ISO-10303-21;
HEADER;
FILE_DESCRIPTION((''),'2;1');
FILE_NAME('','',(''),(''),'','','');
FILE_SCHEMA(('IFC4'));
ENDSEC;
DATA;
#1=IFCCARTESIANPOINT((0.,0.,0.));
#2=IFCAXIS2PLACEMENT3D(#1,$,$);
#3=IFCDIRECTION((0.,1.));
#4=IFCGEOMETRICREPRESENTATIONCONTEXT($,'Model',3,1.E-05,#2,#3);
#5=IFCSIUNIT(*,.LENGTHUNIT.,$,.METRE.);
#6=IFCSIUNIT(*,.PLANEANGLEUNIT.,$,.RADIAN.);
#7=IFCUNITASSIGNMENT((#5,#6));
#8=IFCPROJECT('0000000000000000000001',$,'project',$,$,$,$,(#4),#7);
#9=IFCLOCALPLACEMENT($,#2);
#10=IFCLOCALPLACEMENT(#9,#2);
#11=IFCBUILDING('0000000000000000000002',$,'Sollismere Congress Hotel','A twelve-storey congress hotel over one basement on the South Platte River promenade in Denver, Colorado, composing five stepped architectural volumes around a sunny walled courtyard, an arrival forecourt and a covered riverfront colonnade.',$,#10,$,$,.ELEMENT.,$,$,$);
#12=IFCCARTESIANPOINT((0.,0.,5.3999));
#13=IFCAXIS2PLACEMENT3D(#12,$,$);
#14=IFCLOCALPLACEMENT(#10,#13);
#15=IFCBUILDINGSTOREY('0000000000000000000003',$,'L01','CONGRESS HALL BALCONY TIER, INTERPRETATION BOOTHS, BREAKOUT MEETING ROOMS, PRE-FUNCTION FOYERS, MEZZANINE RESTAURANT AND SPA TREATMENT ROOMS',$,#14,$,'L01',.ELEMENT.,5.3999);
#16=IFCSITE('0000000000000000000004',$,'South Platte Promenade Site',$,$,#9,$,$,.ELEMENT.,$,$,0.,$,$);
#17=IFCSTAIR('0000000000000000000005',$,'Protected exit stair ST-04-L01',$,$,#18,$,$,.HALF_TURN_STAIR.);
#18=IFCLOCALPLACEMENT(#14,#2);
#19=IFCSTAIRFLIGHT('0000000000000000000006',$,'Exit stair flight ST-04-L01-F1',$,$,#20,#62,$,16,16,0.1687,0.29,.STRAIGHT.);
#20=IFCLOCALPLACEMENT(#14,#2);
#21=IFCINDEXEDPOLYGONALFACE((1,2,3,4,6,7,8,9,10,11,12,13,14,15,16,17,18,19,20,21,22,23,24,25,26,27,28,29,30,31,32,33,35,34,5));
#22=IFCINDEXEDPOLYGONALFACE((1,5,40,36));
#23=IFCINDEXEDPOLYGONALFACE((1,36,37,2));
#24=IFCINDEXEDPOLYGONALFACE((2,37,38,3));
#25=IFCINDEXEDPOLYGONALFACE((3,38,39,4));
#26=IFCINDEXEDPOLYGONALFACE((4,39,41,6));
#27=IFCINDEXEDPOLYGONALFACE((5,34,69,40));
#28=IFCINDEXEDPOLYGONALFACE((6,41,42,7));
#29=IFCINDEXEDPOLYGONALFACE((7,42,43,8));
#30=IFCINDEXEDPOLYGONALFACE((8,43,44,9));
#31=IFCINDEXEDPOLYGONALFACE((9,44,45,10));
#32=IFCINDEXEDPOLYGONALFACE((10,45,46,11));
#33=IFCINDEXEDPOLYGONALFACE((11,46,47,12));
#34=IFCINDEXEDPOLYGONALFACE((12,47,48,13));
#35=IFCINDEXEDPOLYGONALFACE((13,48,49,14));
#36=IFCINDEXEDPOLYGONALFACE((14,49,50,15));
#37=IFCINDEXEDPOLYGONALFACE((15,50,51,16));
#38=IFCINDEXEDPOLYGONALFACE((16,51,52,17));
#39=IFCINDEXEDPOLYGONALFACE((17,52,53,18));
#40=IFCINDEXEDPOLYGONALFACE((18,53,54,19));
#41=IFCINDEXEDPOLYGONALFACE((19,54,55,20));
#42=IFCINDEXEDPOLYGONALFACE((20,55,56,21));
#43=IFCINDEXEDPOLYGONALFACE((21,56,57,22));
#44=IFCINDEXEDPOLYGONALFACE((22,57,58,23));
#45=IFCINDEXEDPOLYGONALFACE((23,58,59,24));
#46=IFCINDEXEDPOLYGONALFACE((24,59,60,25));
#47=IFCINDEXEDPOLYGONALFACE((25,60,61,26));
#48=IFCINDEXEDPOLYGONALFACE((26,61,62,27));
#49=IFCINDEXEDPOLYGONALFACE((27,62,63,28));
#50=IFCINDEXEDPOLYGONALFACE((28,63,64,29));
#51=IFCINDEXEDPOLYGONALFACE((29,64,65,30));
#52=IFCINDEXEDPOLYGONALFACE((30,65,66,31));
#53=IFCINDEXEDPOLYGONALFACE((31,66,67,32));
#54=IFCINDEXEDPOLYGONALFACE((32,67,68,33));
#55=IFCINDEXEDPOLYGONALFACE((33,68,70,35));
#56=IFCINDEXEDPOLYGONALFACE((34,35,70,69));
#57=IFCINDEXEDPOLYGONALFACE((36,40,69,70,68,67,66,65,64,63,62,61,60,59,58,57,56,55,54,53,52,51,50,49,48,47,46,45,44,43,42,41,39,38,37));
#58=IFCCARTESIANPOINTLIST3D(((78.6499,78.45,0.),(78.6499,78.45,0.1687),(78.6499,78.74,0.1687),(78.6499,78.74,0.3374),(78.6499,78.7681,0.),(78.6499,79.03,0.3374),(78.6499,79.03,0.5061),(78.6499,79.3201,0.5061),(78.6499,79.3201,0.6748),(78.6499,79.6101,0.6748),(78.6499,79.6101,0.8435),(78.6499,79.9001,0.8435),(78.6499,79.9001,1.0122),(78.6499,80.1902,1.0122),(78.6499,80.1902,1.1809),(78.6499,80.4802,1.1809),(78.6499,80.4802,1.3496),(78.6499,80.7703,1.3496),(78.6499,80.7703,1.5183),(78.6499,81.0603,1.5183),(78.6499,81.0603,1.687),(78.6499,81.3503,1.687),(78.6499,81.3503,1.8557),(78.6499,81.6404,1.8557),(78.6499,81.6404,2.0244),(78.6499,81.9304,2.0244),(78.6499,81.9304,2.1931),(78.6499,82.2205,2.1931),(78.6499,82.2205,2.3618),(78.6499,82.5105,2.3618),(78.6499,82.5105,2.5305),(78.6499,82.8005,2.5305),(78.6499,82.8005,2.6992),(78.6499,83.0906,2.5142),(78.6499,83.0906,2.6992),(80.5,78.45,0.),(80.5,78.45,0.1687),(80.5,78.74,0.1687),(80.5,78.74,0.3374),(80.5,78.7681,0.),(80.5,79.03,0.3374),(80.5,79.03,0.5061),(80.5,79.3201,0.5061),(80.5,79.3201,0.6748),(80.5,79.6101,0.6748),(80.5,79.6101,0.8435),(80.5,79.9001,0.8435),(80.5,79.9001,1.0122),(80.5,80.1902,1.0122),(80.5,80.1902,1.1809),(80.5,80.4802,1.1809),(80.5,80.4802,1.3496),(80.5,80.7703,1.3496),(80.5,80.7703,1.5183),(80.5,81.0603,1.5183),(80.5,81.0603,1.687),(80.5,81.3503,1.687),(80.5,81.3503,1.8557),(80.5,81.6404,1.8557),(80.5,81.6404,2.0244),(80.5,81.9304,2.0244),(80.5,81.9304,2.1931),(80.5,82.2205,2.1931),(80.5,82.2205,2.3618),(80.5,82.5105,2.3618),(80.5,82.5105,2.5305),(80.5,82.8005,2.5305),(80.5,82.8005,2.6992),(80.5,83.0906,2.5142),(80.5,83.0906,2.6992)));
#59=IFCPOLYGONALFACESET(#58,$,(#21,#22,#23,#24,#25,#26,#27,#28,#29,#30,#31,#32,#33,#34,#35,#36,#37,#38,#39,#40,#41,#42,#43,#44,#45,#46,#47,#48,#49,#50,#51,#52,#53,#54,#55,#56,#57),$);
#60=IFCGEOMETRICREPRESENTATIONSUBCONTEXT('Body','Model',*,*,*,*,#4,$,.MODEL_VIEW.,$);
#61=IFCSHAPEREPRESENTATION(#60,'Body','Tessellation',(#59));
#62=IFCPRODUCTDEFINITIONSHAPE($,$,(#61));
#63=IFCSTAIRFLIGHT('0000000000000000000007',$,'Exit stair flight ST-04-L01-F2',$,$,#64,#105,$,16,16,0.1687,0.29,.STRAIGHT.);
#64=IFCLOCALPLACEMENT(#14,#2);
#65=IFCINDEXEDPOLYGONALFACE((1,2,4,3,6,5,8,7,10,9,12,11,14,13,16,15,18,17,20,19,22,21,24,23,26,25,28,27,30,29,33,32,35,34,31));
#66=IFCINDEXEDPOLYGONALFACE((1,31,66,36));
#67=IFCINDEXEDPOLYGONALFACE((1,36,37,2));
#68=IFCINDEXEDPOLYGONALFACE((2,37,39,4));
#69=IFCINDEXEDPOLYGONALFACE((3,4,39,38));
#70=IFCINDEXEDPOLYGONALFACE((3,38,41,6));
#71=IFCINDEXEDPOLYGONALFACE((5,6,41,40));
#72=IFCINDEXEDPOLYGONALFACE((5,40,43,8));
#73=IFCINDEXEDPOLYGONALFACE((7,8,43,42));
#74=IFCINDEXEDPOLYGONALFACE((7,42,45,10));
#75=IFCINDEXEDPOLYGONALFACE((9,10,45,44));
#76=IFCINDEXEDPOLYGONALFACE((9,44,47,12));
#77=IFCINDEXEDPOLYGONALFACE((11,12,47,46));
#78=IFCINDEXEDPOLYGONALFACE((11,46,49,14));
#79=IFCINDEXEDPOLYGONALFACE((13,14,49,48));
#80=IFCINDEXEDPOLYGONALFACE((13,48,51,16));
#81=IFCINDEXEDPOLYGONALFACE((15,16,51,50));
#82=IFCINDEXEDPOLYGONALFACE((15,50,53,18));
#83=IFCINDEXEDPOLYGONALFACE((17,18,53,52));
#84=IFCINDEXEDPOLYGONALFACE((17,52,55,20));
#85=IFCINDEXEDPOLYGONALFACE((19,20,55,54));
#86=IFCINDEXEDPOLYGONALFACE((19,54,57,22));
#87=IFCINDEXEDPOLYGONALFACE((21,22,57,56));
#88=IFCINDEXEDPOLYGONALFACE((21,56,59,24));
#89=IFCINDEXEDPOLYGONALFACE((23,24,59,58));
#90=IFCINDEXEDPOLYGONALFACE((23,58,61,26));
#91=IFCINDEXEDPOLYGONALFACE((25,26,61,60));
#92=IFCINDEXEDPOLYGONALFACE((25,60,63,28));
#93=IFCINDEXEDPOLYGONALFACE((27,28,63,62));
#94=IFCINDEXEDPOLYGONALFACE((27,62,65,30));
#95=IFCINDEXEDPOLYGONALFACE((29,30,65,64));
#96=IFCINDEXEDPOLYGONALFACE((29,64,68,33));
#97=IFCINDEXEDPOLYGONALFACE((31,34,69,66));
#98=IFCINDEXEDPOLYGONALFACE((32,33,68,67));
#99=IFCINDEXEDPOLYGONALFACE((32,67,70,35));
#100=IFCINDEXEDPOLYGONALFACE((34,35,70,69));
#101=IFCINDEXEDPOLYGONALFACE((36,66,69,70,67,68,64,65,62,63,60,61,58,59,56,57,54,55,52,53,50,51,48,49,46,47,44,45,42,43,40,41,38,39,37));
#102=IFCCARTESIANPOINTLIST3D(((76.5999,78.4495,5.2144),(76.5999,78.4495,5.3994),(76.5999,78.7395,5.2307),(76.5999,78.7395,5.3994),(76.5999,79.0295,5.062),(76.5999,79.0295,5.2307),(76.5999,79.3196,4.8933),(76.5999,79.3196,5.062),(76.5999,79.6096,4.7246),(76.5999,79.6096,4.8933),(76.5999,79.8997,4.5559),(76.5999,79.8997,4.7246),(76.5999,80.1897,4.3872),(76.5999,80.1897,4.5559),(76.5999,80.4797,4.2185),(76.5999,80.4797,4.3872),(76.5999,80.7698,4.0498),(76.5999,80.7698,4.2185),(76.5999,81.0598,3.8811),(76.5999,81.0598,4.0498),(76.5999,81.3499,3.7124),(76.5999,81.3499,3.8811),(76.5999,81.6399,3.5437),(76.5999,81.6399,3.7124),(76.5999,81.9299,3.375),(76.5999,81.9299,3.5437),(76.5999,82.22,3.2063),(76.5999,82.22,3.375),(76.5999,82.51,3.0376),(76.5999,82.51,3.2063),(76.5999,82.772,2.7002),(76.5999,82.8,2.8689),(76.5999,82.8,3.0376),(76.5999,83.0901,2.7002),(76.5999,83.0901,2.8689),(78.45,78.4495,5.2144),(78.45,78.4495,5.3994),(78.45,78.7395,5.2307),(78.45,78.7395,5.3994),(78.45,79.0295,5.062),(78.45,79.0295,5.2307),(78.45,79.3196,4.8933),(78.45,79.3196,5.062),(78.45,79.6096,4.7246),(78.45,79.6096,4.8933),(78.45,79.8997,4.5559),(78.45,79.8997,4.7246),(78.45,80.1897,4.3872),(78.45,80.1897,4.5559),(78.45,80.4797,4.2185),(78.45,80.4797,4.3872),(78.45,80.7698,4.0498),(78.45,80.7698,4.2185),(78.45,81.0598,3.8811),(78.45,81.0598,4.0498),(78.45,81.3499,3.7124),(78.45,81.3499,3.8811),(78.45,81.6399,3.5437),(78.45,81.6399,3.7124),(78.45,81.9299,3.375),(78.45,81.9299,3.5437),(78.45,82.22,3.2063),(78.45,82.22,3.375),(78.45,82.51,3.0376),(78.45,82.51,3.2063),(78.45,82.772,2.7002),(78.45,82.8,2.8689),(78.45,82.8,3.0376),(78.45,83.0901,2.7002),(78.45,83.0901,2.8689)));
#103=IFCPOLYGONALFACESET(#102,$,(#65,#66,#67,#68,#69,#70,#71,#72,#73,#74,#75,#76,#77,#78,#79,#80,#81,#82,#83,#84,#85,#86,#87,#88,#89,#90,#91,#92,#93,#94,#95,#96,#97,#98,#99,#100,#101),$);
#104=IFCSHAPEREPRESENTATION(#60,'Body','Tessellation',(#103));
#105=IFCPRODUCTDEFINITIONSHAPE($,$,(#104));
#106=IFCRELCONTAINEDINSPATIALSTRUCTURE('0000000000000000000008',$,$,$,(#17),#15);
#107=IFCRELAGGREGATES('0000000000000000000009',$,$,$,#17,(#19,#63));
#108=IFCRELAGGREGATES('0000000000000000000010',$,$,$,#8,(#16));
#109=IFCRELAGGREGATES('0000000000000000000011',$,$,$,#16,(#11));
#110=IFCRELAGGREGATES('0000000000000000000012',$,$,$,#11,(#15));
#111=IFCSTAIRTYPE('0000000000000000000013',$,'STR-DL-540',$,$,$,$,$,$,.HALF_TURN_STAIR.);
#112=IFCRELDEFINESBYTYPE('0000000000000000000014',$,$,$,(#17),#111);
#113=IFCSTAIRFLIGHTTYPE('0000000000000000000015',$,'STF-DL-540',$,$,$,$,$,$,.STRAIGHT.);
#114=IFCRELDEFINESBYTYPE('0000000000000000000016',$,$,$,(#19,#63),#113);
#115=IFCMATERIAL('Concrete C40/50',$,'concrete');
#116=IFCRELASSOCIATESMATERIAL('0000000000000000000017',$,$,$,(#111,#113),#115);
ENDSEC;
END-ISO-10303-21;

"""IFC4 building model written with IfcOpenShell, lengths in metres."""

from ifc_helpers import new_model, si_unit, direction, frame, origin, place, context, subcontext, project, spatial, polyline, outline, extrude, material, type_object, element, aggregate, save


model = new_model("IFC4")

# Units and contexts
model_context = context("Model", 3, precision=1e-05, world=origin(), true_north=direction((0.0, 1.0)))
body_context = subcontext(model_context, "Body", "Model", "MODEL_VIEW")
ifc_project = project(units=[si_unit("LENGTHUNIT", "METRE"), si_unit("PLANEANGLEUNIT", "RADIAN")], contexts=[model_context])

# Site, building, storey
site_placement = place(None, origin())
site = spatial("IfcSite", under=ifc_project, at=site_placement, Name="South Platte Promenade Site", CompositionType="ELEMENT", RefElevation=0.0)
building_placement = place(site_placement, origin())
building = spatial("IfcBuilding", under=site, at=building_placement, Name="Sollismere Congress Hotel", Description="A twelve-storey congress hotel over one basement on the South Platte River promenade in Denver, Colorado, composing five stepped architectural volumes around a sunny walled courtyard, an arrival forecourt and a covered riverfront colonnade.", CompositionType="ELEMENT")
storey_placement = place(building_placement, frame((0.0, 0.0, 5.3999)))
storey = spatial("IfcBuildingStorey", under=building, at=storey_placement, Name="L01", Description="CONGRESS HALL BALCONY TIER, INTERPRETATION BOOTHS, BREAKOUT MEETING ROOMS, PRE-FUNCTION FOYERS, MEZZANINE RESTAURANT AND SPA TREATMENT ROOMS", LongName="L01", CompositionType="ELEMENT", Elevation=5.3999)

# Stair, stair flights
ifc_material_1 = material(Name="Concrete C40/50", Category="concrete")
stair_type = type_object("IfcStairType", Name="STR-DL-540", PredefinedType="HALF_TURN_STAIR", material=ifc_material_1)
stair_placement = place(storey_placement, origin())
stair = element("IfcStair", 1, at=stair_placement, inside=storey, type_object=stair_type, Name="Protected exit stair ST-04-L01", PredefinedType="HALF_TURN_STAIR")
stair_flight_type = type_object("IfcStairFlightType", Name="STF-DL-540", PredefinedType="STRAIGHT", material=ifc_material_1)
stair_flight_1_placement = place(storey_placement, frame((79.575, 78.45, 0.0), z_axis=(0.0, 0.0, 1.0), x_axis=(0.0, 1.0, 0.0)))
stair_flight_1 = element("IfcStairFlight", 2, at=stair_flight_1_placement, type_object=stair_flight_type, Name="Exit stair flight ST-04-L01-F1", NumberOfRisers=16, NumberOfTreads=16, PredefinedType="STRAIGHT", RiserHeight=0.1687, TreadLength=0.29, context=body_context, shape_type="SweptSolid", body=[
    extrude(outline(polyline([(0.0, 0.0), (0.0, 0.1687), (0.29, 0.1687), (0.29, 0.3374), (0.5801, 0.3374), (0.5801, 0.5061), (0.8701, 0.5061), (0.8701, 0.6748), (1.1602, 0.6748), (1.1602, 0.8435), (1.4502, 0.8435), (1.4502, 1.0122), (1.7402, 1.0122), (1.7402, 1.1809), (2.0303, 1.1809), (2.0303, 1.3496), (2.3203, 1.3496), (2.3203, 1.5183), (2.6104, 1.5183), (2.6104, 1.687), (2.9004, 1.687), (2.9004, 1.8557), (3.1904, 1.8557), (3.1904, 2.0244), (3.4805, 2.0244), (3.4805, 2.1931), (3.7705, 2.1931), (3.7705, 2.3618), (4.0605, 2.3618), (4.0605, 2.5305), (4.3506, 2.5305), (4.3506, 2.6992), (4.6406, 2.6992), (4.6406, 2.5142), (0.3181, 0.0), (0.0, 0.0)])), frame((0.0, 0.925, 0.0), z_axis=(0.0, -1.0, 0.0), x_axis=(1.0, 0.0, 0.0)), (0.0, 0.0, 1.0), 1.8501),
])
stair_flight_2_placement = place(storey_placement, frame((77.5249, 83.0901, 2.7002), z_axis=(0.0, 0.0, 1.0), x_axis=(0.0, -1.0, 0.0)))
stair_flight_2 = element("IfcStairFlight", 3, at=stair_flight_2_placement, type_object=stair_flight_type, Name="Exit stair flight ST-04-L01-F2", NumberOfRisers=16, NumberOfTreads=16, PredefinedType="STRAIGHT", RiserHeight=0.1687, TreadLength=0.29, context=body_context, shape_type="SweptSolid", body=[
    extrude(outline(polyline([(0.0, 0.0), (0.0, 0.1687), (0.29, 0.1687), (0.29, 0.3374), (0.5801, 0.3374), (0.5801, 0.5061), (0.8701, 0.5061), (0.8701, 0.6748), (1.1602, 0.6748), (1.1602, 0.8435), (1.4502, 0.8435), (1.4502, 1.0122), (1.7402, 1.0122), (1.7402, 1.1809), (2.0303, 1.1809), (2.0303, 1.3496), (2.3203, 1.3496), (2.3203, 1.5183), (2.6104, 1.5183), (2.6104, 1.687), (2.9004, 1.687), (2.9004, 1.8557), (3.1904, 1.8557), (3.1904, 2.0244), (3.4805, 2.0244), (3.4805, 2.1931), (3.7705, 2.1931), (3.7705, 2.3618), (4.0605, 2.3618), (4.0605, 2.5305), (4.3506, 2.5305), (4.3506, 2.6992), (4.6406, 2.6992), (4.6406, 2.5142), (0.3181, 0.0), (0.0, 0.0)])), frame((0.0, 0.925, 0.0), z_axis=(0.0, -1.0, 0.0), x_axis=(1.0, 0.0, 0.0)), (0.0, 0.0, 1.0), 1.8501),
])
aggregate(stair, [stair_flight_1, stair_flight_2])

save(model, "model.ifc")
